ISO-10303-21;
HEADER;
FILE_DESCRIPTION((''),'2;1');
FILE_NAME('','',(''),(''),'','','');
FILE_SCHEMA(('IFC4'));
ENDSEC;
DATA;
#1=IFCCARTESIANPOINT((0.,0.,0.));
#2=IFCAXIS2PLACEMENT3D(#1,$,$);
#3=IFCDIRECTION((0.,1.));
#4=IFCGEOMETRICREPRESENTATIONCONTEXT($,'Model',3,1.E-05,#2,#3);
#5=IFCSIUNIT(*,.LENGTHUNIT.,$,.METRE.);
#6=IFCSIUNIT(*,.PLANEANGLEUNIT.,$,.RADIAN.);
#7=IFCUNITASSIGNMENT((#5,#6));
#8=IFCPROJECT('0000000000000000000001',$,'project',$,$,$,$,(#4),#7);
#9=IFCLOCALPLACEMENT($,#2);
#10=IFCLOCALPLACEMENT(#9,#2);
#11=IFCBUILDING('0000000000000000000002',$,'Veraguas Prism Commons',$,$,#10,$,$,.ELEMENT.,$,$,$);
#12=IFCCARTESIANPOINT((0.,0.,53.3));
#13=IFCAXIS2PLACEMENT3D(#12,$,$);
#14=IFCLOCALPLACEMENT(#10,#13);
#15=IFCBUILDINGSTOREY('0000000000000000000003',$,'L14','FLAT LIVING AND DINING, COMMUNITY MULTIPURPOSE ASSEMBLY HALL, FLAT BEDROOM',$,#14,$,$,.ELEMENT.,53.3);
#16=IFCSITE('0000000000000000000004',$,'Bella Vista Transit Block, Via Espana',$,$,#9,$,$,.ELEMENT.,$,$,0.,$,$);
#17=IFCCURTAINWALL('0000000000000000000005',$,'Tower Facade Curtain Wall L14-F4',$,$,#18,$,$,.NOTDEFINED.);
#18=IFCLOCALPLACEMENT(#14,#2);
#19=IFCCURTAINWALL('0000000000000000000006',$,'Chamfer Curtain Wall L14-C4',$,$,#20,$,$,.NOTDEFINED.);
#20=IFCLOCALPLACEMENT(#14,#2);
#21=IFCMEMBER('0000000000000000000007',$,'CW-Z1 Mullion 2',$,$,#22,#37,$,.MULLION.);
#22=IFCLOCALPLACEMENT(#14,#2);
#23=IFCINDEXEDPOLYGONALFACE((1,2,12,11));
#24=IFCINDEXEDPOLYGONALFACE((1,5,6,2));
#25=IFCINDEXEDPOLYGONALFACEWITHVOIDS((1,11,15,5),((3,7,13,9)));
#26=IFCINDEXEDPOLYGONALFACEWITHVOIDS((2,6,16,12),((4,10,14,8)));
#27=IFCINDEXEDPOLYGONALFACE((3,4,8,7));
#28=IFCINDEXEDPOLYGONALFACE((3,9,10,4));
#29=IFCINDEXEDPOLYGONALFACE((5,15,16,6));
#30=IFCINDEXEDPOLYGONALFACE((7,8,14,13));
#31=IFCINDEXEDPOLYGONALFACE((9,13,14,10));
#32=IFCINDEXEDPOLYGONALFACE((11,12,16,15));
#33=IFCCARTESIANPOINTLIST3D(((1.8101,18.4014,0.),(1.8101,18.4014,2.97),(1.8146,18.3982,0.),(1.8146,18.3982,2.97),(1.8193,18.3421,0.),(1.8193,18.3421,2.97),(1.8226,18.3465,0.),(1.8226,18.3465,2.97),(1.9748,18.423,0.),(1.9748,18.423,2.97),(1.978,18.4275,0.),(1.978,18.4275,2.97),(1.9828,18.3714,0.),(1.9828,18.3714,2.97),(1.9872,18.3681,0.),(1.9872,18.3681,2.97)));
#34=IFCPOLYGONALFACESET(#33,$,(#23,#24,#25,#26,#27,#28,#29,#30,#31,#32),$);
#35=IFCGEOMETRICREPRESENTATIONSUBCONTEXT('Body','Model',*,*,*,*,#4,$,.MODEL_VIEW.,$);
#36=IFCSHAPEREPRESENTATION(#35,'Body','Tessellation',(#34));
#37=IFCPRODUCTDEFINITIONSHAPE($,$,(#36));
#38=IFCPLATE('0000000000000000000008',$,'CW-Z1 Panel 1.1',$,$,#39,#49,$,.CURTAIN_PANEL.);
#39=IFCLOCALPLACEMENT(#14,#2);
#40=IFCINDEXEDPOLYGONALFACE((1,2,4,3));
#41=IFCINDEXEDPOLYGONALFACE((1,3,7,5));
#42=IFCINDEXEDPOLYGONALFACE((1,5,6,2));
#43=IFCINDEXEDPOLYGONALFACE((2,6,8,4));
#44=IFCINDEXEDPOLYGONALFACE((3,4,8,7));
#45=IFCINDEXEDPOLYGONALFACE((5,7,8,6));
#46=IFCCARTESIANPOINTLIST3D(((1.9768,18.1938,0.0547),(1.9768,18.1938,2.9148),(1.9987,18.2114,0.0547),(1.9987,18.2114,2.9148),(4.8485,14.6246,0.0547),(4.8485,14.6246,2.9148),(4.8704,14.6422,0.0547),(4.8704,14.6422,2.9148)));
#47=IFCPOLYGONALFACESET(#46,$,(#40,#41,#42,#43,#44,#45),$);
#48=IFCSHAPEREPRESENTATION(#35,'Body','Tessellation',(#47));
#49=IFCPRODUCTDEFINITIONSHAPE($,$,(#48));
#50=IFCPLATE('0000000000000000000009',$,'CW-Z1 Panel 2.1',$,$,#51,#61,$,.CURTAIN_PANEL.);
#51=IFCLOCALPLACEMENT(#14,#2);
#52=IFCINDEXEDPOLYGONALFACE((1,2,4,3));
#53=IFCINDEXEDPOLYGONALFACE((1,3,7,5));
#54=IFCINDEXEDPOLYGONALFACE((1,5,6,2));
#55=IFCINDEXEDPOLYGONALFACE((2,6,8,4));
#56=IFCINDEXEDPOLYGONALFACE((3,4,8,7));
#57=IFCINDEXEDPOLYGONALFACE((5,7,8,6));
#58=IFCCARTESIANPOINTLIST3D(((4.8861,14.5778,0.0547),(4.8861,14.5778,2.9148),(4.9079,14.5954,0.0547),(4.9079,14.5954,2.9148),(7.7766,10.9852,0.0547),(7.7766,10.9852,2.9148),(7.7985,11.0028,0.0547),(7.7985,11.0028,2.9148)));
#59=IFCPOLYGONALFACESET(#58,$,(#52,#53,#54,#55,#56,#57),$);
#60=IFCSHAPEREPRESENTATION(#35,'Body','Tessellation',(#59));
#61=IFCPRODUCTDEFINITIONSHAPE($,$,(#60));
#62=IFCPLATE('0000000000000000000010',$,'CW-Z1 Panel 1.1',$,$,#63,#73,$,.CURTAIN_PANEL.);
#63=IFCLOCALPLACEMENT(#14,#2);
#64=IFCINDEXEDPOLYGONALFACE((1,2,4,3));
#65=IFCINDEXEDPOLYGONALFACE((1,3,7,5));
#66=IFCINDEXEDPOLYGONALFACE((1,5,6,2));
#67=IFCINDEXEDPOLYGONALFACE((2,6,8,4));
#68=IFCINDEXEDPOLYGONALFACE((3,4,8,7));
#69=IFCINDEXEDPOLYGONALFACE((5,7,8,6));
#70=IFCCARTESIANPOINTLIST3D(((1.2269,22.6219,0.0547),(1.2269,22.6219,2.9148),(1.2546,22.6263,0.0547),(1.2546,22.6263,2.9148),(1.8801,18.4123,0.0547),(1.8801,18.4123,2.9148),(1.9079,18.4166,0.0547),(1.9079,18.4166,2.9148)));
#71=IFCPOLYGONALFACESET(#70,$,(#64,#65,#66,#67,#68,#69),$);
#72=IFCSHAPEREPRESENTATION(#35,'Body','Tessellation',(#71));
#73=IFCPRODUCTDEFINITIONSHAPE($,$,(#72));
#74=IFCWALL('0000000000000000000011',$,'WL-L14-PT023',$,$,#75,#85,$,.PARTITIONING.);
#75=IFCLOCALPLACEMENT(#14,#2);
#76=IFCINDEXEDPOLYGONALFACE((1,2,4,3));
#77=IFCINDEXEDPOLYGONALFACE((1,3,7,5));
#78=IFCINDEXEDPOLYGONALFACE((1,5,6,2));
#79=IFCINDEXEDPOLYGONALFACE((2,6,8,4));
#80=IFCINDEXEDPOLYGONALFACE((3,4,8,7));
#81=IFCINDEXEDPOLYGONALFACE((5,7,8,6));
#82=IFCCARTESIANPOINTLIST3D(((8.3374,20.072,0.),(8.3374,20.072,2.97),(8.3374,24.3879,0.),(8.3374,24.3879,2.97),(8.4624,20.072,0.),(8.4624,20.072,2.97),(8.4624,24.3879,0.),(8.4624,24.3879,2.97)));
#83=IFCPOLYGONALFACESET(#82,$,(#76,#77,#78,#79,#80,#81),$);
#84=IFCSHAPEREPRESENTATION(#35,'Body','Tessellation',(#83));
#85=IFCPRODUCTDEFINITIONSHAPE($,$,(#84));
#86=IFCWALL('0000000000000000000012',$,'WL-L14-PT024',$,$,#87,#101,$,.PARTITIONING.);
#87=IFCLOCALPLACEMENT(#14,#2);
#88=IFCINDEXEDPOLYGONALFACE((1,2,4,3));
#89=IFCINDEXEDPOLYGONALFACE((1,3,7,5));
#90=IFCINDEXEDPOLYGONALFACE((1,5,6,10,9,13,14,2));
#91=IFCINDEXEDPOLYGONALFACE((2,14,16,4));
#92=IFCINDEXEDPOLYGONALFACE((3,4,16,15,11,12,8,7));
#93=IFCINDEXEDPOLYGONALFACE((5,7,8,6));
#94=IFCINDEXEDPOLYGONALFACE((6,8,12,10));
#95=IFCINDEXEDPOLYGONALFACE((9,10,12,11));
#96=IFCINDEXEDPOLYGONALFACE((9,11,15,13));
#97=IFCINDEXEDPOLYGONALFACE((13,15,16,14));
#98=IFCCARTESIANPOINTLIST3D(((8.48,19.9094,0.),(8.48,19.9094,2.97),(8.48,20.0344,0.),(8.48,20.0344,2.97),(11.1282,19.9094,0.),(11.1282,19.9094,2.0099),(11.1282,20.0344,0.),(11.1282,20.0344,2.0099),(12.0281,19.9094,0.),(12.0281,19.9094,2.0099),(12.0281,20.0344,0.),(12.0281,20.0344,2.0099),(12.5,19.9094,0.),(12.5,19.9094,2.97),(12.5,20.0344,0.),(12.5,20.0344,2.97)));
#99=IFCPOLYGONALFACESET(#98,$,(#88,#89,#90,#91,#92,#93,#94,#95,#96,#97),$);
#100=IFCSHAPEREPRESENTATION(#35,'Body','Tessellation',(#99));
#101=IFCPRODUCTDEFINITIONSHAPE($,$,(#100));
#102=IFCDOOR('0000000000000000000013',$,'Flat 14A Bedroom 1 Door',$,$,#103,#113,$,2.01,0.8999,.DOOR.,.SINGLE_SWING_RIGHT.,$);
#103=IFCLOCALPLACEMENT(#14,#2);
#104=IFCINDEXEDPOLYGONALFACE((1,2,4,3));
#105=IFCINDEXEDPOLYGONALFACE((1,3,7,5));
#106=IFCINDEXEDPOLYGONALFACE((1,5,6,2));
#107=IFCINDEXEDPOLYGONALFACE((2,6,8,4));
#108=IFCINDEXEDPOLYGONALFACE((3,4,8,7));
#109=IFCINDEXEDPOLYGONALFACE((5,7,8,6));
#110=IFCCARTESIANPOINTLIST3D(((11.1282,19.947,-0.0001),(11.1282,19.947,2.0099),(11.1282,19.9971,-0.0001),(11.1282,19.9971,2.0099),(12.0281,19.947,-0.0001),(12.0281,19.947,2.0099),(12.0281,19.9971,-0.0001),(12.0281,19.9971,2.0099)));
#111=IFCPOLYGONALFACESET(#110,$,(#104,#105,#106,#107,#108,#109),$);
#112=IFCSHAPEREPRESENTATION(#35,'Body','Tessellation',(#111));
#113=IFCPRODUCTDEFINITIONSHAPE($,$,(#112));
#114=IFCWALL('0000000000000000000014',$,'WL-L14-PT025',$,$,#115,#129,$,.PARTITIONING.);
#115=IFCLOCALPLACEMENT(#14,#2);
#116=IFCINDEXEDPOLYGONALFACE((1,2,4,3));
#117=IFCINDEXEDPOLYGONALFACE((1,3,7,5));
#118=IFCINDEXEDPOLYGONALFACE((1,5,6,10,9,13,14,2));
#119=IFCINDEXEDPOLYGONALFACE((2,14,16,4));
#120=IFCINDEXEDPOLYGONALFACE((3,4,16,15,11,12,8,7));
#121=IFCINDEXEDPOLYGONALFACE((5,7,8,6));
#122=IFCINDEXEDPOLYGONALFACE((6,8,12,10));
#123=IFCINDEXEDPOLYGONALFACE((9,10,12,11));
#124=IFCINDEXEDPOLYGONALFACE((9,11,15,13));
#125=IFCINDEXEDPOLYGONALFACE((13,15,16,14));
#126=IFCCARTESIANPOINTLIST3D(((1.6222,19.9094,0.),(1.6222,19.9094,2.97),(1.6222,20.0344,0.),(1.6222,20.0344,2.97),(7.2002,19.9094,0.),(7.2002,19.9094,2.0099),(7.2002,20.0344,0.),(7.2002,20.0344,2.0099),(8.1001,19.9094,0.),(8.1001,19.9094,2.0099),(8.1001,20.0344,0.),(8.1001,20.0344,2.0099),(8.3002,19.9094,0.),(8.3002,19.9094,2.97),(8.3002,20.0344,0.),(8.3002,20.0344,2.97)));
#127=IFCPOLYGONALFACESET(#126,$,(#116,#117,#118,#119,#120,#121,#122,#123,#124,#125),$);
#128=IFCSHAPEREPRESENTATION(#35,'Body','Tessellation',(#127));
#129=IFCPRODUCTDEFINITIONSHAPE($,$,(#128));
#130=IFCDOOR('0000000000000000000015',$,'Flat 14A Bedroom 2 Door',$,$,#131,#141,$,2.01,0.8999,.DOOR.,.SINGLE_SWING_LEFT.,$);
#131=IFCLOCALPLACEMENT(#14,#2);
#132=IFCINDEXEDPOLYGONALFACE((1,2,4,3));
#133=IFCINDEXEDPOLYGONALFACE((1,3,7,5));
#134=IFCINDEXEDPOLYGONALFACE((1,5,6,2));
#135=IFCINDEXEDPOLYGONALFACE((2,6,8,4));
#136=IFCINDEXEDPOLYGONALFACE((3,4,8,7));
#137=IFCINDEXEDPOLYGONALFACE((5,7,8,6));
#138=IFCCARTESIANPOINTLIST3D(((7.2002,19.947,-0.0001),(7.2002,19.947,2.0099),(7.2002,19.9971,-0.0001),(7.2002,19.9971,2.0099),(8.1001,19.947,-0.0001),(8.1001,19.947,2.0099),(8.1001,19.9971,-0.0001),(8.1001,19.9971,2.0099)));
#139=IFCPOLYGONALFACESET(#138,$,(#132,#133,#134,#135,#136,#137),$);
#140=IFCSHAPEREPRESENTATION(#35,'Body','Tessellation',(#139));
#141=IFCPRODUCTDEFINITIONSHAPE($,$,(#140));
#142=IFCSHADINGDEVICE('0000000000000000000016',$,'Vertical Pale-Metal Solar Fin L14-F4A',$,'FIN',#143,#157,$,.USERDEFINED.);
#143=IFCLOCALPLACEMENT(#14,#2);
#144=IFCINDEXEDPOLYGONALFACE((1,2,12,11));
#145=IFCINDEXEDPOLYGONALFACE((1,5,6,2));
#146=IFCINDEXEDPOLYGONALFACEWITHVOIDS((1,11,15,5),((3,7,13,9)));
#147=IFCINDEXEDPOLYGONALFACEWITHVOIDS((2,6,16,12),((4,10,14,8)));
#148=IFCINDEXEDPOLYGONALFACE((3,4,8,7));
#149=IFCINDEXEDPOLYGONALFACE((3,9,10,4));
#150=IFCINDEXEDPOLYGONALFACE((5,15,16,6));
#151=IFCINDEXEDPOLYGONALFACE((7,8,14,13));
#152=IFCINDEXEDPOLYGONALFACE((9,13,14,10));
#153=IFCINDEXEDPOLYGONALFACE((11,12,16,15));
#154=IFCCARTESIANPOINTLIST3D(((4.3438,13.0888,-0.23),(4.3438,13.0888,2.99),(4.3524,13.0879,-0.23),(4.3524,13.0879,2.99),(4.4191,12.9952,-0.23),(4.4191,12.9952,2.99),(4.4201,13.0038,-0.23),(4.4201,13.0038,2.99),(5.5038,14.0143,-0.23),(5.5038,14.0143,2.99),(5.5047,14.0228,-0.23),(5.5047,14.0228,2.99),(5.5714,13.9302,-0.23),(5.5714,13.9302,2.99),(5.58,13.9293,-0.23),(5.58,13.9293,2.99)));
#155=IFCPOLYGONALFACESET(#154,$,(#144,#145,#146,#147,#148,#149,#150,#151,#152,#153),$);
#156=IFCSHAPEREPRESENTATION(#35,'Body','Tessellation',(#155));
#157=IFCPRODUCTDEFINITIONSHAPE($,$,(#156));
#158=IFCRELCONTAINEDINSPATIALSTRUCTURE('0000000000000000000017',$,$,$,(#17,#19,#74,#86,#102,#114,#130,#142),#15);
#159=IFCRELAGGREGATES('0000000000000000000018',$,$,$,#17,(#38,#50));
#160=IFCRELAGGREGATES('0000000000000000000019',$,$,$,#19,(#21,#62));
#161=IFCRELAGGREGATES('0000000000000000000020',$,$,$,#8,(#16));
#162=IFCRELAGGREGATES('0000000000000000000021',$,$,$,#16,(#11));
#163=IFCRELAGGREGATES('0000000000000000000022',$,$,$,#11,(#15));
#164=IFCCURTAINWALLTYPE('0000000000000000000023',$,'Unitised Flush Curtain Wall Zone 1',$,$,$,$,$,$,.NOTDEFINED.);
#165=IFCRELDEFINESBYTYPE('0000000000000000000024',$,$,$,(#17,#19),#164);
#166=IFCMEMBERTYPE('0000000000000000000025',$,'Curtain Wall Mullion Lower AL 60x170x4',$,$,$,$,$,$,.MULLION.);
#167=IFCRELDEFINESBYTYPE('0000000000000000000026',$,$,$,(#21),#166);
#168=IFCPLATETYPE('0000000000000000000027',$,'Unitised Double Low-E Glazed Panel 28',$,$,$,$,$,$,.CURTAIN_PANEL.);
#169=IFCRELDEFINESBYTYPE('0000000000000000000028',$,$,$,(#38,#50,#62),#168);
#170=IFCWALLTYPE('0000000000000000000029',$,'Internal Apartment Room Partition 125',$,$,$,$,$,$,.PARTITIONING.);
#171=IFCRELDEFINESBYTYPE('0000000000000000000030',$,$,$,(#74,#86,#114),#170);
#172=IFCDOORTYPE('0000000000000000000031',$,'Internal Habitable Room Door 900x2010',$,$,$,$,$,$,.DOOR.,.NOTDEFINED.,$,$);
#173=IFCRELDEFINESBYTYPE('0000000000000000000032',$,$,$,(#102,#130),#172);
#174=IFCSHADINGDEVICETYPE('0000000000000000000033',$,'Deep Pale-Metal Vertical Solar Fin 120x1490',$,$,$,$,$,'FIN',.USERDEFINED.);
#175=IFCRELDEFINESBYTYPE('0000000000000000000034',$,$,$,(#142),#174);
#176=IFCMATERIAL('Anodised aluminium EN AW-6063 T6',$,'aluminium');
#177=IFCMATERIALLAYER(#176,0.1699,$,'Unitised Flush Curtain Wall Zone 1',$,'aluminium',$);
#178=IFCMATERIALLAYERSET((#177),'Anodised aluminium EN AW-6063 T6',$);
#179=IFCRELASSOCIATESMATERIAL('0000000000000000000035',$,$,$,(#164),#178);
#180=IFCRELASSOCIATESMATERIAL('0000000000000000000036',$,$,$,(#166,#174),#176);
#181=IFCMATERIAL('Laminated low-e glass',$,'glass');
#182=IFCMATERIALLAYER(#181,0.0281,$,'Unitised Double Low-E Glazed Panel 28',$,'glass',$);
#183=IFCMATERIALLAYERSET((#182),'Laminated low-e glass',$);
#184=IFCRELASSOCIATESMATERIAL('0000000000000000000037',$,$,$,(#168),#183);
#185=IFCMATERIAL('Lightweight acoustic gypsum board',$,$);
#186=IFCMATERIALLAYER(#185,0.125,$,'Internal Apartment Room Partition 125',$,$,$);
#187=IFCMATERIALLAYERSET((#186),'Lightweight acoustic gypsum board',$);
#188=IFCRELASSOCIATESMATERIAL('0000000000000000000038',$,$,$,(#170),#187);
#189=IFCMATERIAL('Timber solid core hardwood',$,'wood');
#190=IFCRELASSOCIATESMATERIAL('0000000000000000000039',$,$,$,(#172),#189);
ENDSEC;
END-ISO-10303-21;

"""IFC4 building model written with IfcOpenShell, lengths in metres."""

from ifc_helpers import new_model, si_unit, direction, frame, frame_2d, origin, origin_2d, place, context, subcontext, project, spatial, rectangle, hollow_rectangle, extrude, source, transform, mapped, material, layer, layer_set, material_profile, profile_set, type_object, element, fill, aggregate, save


model = new_model("IFC4")

# Units and contexts
model_context = context("Model", 3, precision=1e-05, world=origin(), true_north=direction((0.0, 1.0)))
body_context = subcontext(model_context, "Body", "Model", "MODEL_VIEW")
ifc_project = project(units=[si_unit("LENGTHUNIT", "METRE"), si_unit("PLANEANGLEUNIT", "RADIAN")], contexts=[model_context])

# Site, building, storey
site_placement = place(None, origin())
site = spatial("IfcSite", under=ifc_project, at=site_placement, Name="Bella Vista Transit Block, Via Espana", CompositionType="ELEMENT", RefElevation=0.0)
building_placement = place(site_placement, origin())
building = spatial("IfcBuilding", under=site, at=building_placement, Name="Veraguas Prism Commons", CompositionType="ELEMENT")
storey_placement = place(building_placement, frame((0.0, 0.0, 53.3)))
storey = spatial("IfcBuildingStorey", under=building, at=storey_placement, Name="L14", Description="FLAT LIVING AND DINING, COMMUNITY MULTIPURPOSE ASSEMBLY HALL, FLAT BEDROOM", CompositionType="ELEMENT", Elevation=53.3)

# Curtain wall
ifc_material_1 = material(Name="Anodised aluminium EN AW-6063 T6", Category="aluminium")
ifc_layer_1 = layer(ifc_material_1, 0.1699, Name="Unitised Flush Curtain Wall Zone 1", Category="aluminium")
ifc_layer_set_1 = layer_set([ifc_layer_1], Name="Anodised aluminium EN AW-6063 T6")
curtain_wall_type = type_object("IfcCurtainWallType", Name="Unitised Flush Curtain Wall Zone 1", PredefinedType="NOTDEFINED", material=ifc_layer_set_1)
curtain_wall_1_placement = place(storey_placement, origin())
curtain_wall_1 = element("IfcCurtainWall", 1, at=curtain_wall_1_placement, inside=storey, type_object=curtain_wall_type, Name="Tower Facade Curtain Wall L14-F4", PredefinedType="NOTDEFINED")
ifc_material_profile_1 = material_profile(ifc_material_1, hollow_rectangle(XDim=0.0601, YDim=0.1699, WallThickness=0.0039, at=origin_2d()), Name="AL60X170X4")
ifc_profile_set_1 = profile_set([ifc_material_profile_1], Name="Anodised aluminium EN AW-6063 T6")
member_type_1 = type_object("IfcMemberType", Name="Curtain Wall Mullion Lower AL 60x170x4", PredefinedType="MULLION", material=ifc_profile_set_1)
shared_shape_1 = source(origin(), body_context, "Body", "SweptSolid", [
    extrude(hollow_rectangle(XDim=0.0601, YDim=0.1699, WallThickness=0.0039, at=origin_2d()), origin(), (0.0, 0.0, 1.0), 2.97),
])

# Curtain wall, member
curtain_wall_2_placement = place(storey_placement, origin())
curtain_wall_2 = element("IfcCurtainWall", 2, at=curtain_wall_2_placement, inside=storey, type_object=curtain_wall_type, Name="Chamfer Curtain Wall L14-C4", PredefinedType="NOTDEFINED")
member_1_placement = place(storey_placement, frame((1.8987, 18.3848, 0.0), z_axis=(0.0, 0.0, 1.0), x_axis=(0.153338, -0.988174, 0.0)))
member_1 = element("IfcMember", 3, at=member_1_placement, type_object=member_type_1, Name="CW-Z1 Mullion 2", PredefinedType="MULLION", context=body_context, shape_type="MappedRepresentation", body=[
    mapped(shared_shape_1, transform((0.0, 0.0, 0.0), scale=1.0)),
])

# Plates
ifc_material_2 = material(Name="Laminated low-e glass", Category="glass")
ifc_layer_2 = layer(ifc_material_2, 0.0281, Name="Unitised Double Low-E Glazed Panel 28", Category="glass")
ifc_layer_set_2 = layer_set([ifc_layer_2], Name="Laminated low-e glass")
plate_type = type_object("IfcPlateType", Name="Unitised Double Low-E Glazed Panel 28", PredefinedType="CURTAIN_PANEL", material=ifc_layer_set_2)
shared_shape_2 = source(origin(), body_context, "Body", "SweptSolid", [
    extrude(rectangle(XDim=4.5811, YDim=0.0281, at=origin_2d()), origin(), (0.0, 0.0, 1.0), 2.8601),
])
plate_1_placement = place(storey_placement, frame((3.4236, 16.418, 0.0547), z_axis=(0.0, 0.0, 1.0), x_axis=(0.626873, -0.779121, 0.0)))
plate_1 = element("IfcPlate", 4, at=plate_1_placement, type_object=plate_type, Name="CW-Z1 Panel 1.1", PredefinedType="CURTAIN_PANEL", context=body_context, shape_type="MappedRepresentation", body=[
    mapped(shared_shape_2, transform((0.0, 0.0, 0.0), scale=1.0)),
])
shared_shape_3 = source(origin(), body_context, "Body", "SweptSolid", [
    extrude(rectangle(XDim=4.6111, YDim=0.0281, at=origin_2d()), origin(), (0.0, 0.0, 1.0), 2.8601),
])
plate_2_placement = place(storey_placement, frame((6.3423, 12.7903, 0.0547), z_axis=(0.0, 0.0, 1.0), x_axis=(0.626873, -0.779121, 0.0)))
plate_2 = element("IfcPlate", 5, at=plate_2_placement, type_object=plate_type, Name="CW-Z1 Panel 2.1", PredefinedType="CURTAIN_PANEL", context=body_context, shape_type="MappedRepresentation", body=[
    mapped(shared_shape_3, transform((0.0, 0.0, 0.0), scale=1.0)),
])
aggregate(curtain_wall_1, [plate_1, plate_2])
shared_shape_4 = source(origin(), body_context, "Body", "SweptSolid", [
    extrude(rectangle(XDim=4.26, YDim=0.0281, at=origin_2d()), origin(), (0.0, 0.0, 1.0), 2.8601),
])
plate_3_placement = place(storey_placement, frame((1.5674, 20.5193, 0.0547), z_axis=(0.0, 0.0, 1.0), x_axis=(0.153338, -0.988174, 0.0)))
plate_3 = element("IfcPlate", 6, at=plate_3_placement, type_object=plate_type, Name="CW-Z1 Panel 1.1", PredefinedType="CURTAIN_PANEL", context=body_context, shape_type="MappedRepresentation", body=[
    mapped(shared_shape_4, transform((0.0, 0.0, 0.0), scale=1.0)),
])
aggregate(curtain_wall_2, [member_1, plate_3])

# Wall
ifc_material_3 = material(Name="Lightweight acoustic gypsum board")
ifc_layer_3 = layer(ifc_material_3, 0.125, Name="Internal Apartment Room Partition 125")
ifc_layer_set_3 = layer_set([ifc_layer_3], Name="Lightweight acoustic gypsum board")
wall_type = type_object("IfcWallType", Name="Internal Apartment Room Partition 125", PredefinedType="PARTITIONING", material=ifc_layer_set_3)
wall_1_placement = place(storey_placement, frame((8.3999, 20.072, 0.0), z_axis=(0.0, 0.0, 1.0), x_axis=(0.0, 1.0, 0.0)))
element("IfcWall", 7, at=wall_1_placement, inside=storey, type_object=wall_type, Name="WL-L14-PT023", PredefinedType="PARTITIONING", context=body_context, shape_type="SweptSolid", body=[
    extrude(rectangle(XDim=4.3159, YDim=0.125, at=frame_2d((2.158, 0.0))), origin(), (0.0, 0.0, 1.0), 2.97),
])

# Walls, openings, doors
wall_2_placement = place(storey_placement, frame((12.5, 19.9719, 0.0), z_axis=(0.0, 0.0, 1.0), x_axis=(-1.0, 0.0, 0.0)))
wall_2 = element("IfcWall", 8, at=wall_2_placement, inside=storey, type_object=wall_type, Name="WL-L14-PT024", PredefinedType="PARTITIONING", context=body_context, shape_type="SweptSolid", body=[
    extrude(rectangle(XDim=4.02, YDim=0.125, at=frame_2d((2.01, 0.0))), origin(), (0.0, 0.0, 1.0), 2.97),
])
opening_1_placement = place(wall_2_placement, frame((0.4719, 0.0, 0.0)))
opening_1 = element("IfcOpeningElement", 9, at=opening_1_placement, cuts=wall_2, PredefinedType="OPENING", context=body_context, shape_type="SweptSolid", body=[
    extrude(rectangle(XDim=0.8999, YDim=2.01, at=frame_2d((0.45, 1.0049))), frame((0.0, 0.0725, 0.0), z_axis=(0.0, -1.0, 0.0), x_axis=(1.0, 0.0, 0.0)), (0.0, 0.0, 1.0), 0.145),
])
ifc_material_4 = material(Name="Timber solid core hardwood", Category="wood")
door_type = type_object("IfcDoorType", Name="Internal Habitable Room Door 900x2010", OperationType="NOTDEFINED", PredefinedType="DOOR", material=ifc_material_4)
shared_shape_5 = source(origin(), body_context, "Body", "SweptSolid", [
    extrude(rectangle(XDim=0.8999, YDim=2.01, at=frame_2d((0.45, 1.0049))), frame((0.0, 0.0249, 0.0), z_axis=(0.0, -1.0, 0.0), x_axis=(1.0, 0.0, 0.0)), (0.0, 0.0, 1.0), 0.05),
])
door_1_placement = place(opening_1_placement, origin())
door_1 = element("IfcDoor", 10, at=door_1_placement, inside=storey, type_object=door_type, Name="Flat 14A Bedroom 1 Door", OperationType="SINGLE_SWING_RIGHT", OverallHeight=2.01, OverallWidth=0.8999, PredefinedType="DOOR", context=body_context, shape_type="MappedRepresentation", body=[
    mapped(shared_shape_5, transform((0.0, 0.0, 0.0), scale=1.0)),
])
fill(opening_1, door_1)
wall_3_placement = place(storey_placement, frame((8.3, 19.9719, 0.0), z_axis=(0.0, 0.0, 1.0), x_axis=(-1.0, 0.0, 0.0)))
wall_3 = element("IfcWall", 11, at=wall_3_placement, inside=storey, type_object=wall_type, Name="WL-L14-PT025", PredefinedType="PARTITIONING", context=body_context, shape_type="SweptSolid", body=[
    extrude(rectangle(XDim=6.678, YDim=0.125, at=frame_2d((3.3389, 0.0))), origin(), (0.0, 0.0, 1.0), 2.97),
])
opening_2_placement = place(wall_3_placement, frame((0.2, 0.0, 0.0)))
opening_2 = element("IfcOpeningElement", 12, at=opening_2_placement, cuts=wall_3, PredefinedType="OPENING", context=body_context, shape_type="SweptSolid", body=[
    extrude(rectangle(XDim=0.8999, YDim=2.01, at=frame_2d((0.45, 1.0049))), frame((0.0, 0.0725, 0.0), z_axis=(0.0, -1.0, 0.0), x_axis=(1.0, 0.0, 0.0)), (0.0, 0.0, 1.0), 0.145),
])
door_2_placement = place(opening_2_placement, origin())
door_2 = element("IfcDoor", 13, at=door_2_placement, inside=storey, type_object=door_type, Name="Flat 14A Bedroom 2 Door", OperationType="SINGLE_SWING_LEFT", OverallHeight=2.01, OverallWidth=0.8999, PredefinedType="DOOR", context=body_context, shape_type="MappedRepresentation", body=[
    mapped(shared_shape_5, transform((0.0, 0.0, 0.0), scale=1.0)),
])
fill(opening_2, door_2)

# Shading device
ifc_material_profile_2 = material_profile(ifc_material_1, hollow_rectangle(XDim=0.1201, YDim=1.49, WallThickness=0.0061, at=origin_2d()), Name="FIN120X1490X6")
ifc_profile_set_2 = profile_set([ifc_material_profile_2], Name="Anodised aluminium EN AW-6063 T6")
shading_device_type = type_object("IfcShadingDeviceType", Name="Deep Pale-Metal Vertical Solar Fin 120x1490", ElementType="FIN", PredefinedType="USERDEFINED", material=ifc_profile_set_2)
shading_device_placement = place(storey_placement, frame((4.9619, 13.509, -0.23), z_axis=(0.0, 0.0, 1.0), x_axis=(0.626874, -0.77912, 0.0)))
element("IfcShadingDevice", 14, at=shading_device_placement, inside=storey, type_object=shading_device_type, Name="Vertical Pale-Metal Solar Fin L14-F4A", ObjectType="FIN", PredefinedType="USERDEFINED", context=body_context, shape_type="SweptSolid", body=[
    extrude(hollow_rectangle(XDim=0.1201, YDim=1.49, WallThickness=0.0061, at=origin_2d()), origin(), (0.0, 0.0, 1.0), 3.22),
])

save(model, "model.ifc")
